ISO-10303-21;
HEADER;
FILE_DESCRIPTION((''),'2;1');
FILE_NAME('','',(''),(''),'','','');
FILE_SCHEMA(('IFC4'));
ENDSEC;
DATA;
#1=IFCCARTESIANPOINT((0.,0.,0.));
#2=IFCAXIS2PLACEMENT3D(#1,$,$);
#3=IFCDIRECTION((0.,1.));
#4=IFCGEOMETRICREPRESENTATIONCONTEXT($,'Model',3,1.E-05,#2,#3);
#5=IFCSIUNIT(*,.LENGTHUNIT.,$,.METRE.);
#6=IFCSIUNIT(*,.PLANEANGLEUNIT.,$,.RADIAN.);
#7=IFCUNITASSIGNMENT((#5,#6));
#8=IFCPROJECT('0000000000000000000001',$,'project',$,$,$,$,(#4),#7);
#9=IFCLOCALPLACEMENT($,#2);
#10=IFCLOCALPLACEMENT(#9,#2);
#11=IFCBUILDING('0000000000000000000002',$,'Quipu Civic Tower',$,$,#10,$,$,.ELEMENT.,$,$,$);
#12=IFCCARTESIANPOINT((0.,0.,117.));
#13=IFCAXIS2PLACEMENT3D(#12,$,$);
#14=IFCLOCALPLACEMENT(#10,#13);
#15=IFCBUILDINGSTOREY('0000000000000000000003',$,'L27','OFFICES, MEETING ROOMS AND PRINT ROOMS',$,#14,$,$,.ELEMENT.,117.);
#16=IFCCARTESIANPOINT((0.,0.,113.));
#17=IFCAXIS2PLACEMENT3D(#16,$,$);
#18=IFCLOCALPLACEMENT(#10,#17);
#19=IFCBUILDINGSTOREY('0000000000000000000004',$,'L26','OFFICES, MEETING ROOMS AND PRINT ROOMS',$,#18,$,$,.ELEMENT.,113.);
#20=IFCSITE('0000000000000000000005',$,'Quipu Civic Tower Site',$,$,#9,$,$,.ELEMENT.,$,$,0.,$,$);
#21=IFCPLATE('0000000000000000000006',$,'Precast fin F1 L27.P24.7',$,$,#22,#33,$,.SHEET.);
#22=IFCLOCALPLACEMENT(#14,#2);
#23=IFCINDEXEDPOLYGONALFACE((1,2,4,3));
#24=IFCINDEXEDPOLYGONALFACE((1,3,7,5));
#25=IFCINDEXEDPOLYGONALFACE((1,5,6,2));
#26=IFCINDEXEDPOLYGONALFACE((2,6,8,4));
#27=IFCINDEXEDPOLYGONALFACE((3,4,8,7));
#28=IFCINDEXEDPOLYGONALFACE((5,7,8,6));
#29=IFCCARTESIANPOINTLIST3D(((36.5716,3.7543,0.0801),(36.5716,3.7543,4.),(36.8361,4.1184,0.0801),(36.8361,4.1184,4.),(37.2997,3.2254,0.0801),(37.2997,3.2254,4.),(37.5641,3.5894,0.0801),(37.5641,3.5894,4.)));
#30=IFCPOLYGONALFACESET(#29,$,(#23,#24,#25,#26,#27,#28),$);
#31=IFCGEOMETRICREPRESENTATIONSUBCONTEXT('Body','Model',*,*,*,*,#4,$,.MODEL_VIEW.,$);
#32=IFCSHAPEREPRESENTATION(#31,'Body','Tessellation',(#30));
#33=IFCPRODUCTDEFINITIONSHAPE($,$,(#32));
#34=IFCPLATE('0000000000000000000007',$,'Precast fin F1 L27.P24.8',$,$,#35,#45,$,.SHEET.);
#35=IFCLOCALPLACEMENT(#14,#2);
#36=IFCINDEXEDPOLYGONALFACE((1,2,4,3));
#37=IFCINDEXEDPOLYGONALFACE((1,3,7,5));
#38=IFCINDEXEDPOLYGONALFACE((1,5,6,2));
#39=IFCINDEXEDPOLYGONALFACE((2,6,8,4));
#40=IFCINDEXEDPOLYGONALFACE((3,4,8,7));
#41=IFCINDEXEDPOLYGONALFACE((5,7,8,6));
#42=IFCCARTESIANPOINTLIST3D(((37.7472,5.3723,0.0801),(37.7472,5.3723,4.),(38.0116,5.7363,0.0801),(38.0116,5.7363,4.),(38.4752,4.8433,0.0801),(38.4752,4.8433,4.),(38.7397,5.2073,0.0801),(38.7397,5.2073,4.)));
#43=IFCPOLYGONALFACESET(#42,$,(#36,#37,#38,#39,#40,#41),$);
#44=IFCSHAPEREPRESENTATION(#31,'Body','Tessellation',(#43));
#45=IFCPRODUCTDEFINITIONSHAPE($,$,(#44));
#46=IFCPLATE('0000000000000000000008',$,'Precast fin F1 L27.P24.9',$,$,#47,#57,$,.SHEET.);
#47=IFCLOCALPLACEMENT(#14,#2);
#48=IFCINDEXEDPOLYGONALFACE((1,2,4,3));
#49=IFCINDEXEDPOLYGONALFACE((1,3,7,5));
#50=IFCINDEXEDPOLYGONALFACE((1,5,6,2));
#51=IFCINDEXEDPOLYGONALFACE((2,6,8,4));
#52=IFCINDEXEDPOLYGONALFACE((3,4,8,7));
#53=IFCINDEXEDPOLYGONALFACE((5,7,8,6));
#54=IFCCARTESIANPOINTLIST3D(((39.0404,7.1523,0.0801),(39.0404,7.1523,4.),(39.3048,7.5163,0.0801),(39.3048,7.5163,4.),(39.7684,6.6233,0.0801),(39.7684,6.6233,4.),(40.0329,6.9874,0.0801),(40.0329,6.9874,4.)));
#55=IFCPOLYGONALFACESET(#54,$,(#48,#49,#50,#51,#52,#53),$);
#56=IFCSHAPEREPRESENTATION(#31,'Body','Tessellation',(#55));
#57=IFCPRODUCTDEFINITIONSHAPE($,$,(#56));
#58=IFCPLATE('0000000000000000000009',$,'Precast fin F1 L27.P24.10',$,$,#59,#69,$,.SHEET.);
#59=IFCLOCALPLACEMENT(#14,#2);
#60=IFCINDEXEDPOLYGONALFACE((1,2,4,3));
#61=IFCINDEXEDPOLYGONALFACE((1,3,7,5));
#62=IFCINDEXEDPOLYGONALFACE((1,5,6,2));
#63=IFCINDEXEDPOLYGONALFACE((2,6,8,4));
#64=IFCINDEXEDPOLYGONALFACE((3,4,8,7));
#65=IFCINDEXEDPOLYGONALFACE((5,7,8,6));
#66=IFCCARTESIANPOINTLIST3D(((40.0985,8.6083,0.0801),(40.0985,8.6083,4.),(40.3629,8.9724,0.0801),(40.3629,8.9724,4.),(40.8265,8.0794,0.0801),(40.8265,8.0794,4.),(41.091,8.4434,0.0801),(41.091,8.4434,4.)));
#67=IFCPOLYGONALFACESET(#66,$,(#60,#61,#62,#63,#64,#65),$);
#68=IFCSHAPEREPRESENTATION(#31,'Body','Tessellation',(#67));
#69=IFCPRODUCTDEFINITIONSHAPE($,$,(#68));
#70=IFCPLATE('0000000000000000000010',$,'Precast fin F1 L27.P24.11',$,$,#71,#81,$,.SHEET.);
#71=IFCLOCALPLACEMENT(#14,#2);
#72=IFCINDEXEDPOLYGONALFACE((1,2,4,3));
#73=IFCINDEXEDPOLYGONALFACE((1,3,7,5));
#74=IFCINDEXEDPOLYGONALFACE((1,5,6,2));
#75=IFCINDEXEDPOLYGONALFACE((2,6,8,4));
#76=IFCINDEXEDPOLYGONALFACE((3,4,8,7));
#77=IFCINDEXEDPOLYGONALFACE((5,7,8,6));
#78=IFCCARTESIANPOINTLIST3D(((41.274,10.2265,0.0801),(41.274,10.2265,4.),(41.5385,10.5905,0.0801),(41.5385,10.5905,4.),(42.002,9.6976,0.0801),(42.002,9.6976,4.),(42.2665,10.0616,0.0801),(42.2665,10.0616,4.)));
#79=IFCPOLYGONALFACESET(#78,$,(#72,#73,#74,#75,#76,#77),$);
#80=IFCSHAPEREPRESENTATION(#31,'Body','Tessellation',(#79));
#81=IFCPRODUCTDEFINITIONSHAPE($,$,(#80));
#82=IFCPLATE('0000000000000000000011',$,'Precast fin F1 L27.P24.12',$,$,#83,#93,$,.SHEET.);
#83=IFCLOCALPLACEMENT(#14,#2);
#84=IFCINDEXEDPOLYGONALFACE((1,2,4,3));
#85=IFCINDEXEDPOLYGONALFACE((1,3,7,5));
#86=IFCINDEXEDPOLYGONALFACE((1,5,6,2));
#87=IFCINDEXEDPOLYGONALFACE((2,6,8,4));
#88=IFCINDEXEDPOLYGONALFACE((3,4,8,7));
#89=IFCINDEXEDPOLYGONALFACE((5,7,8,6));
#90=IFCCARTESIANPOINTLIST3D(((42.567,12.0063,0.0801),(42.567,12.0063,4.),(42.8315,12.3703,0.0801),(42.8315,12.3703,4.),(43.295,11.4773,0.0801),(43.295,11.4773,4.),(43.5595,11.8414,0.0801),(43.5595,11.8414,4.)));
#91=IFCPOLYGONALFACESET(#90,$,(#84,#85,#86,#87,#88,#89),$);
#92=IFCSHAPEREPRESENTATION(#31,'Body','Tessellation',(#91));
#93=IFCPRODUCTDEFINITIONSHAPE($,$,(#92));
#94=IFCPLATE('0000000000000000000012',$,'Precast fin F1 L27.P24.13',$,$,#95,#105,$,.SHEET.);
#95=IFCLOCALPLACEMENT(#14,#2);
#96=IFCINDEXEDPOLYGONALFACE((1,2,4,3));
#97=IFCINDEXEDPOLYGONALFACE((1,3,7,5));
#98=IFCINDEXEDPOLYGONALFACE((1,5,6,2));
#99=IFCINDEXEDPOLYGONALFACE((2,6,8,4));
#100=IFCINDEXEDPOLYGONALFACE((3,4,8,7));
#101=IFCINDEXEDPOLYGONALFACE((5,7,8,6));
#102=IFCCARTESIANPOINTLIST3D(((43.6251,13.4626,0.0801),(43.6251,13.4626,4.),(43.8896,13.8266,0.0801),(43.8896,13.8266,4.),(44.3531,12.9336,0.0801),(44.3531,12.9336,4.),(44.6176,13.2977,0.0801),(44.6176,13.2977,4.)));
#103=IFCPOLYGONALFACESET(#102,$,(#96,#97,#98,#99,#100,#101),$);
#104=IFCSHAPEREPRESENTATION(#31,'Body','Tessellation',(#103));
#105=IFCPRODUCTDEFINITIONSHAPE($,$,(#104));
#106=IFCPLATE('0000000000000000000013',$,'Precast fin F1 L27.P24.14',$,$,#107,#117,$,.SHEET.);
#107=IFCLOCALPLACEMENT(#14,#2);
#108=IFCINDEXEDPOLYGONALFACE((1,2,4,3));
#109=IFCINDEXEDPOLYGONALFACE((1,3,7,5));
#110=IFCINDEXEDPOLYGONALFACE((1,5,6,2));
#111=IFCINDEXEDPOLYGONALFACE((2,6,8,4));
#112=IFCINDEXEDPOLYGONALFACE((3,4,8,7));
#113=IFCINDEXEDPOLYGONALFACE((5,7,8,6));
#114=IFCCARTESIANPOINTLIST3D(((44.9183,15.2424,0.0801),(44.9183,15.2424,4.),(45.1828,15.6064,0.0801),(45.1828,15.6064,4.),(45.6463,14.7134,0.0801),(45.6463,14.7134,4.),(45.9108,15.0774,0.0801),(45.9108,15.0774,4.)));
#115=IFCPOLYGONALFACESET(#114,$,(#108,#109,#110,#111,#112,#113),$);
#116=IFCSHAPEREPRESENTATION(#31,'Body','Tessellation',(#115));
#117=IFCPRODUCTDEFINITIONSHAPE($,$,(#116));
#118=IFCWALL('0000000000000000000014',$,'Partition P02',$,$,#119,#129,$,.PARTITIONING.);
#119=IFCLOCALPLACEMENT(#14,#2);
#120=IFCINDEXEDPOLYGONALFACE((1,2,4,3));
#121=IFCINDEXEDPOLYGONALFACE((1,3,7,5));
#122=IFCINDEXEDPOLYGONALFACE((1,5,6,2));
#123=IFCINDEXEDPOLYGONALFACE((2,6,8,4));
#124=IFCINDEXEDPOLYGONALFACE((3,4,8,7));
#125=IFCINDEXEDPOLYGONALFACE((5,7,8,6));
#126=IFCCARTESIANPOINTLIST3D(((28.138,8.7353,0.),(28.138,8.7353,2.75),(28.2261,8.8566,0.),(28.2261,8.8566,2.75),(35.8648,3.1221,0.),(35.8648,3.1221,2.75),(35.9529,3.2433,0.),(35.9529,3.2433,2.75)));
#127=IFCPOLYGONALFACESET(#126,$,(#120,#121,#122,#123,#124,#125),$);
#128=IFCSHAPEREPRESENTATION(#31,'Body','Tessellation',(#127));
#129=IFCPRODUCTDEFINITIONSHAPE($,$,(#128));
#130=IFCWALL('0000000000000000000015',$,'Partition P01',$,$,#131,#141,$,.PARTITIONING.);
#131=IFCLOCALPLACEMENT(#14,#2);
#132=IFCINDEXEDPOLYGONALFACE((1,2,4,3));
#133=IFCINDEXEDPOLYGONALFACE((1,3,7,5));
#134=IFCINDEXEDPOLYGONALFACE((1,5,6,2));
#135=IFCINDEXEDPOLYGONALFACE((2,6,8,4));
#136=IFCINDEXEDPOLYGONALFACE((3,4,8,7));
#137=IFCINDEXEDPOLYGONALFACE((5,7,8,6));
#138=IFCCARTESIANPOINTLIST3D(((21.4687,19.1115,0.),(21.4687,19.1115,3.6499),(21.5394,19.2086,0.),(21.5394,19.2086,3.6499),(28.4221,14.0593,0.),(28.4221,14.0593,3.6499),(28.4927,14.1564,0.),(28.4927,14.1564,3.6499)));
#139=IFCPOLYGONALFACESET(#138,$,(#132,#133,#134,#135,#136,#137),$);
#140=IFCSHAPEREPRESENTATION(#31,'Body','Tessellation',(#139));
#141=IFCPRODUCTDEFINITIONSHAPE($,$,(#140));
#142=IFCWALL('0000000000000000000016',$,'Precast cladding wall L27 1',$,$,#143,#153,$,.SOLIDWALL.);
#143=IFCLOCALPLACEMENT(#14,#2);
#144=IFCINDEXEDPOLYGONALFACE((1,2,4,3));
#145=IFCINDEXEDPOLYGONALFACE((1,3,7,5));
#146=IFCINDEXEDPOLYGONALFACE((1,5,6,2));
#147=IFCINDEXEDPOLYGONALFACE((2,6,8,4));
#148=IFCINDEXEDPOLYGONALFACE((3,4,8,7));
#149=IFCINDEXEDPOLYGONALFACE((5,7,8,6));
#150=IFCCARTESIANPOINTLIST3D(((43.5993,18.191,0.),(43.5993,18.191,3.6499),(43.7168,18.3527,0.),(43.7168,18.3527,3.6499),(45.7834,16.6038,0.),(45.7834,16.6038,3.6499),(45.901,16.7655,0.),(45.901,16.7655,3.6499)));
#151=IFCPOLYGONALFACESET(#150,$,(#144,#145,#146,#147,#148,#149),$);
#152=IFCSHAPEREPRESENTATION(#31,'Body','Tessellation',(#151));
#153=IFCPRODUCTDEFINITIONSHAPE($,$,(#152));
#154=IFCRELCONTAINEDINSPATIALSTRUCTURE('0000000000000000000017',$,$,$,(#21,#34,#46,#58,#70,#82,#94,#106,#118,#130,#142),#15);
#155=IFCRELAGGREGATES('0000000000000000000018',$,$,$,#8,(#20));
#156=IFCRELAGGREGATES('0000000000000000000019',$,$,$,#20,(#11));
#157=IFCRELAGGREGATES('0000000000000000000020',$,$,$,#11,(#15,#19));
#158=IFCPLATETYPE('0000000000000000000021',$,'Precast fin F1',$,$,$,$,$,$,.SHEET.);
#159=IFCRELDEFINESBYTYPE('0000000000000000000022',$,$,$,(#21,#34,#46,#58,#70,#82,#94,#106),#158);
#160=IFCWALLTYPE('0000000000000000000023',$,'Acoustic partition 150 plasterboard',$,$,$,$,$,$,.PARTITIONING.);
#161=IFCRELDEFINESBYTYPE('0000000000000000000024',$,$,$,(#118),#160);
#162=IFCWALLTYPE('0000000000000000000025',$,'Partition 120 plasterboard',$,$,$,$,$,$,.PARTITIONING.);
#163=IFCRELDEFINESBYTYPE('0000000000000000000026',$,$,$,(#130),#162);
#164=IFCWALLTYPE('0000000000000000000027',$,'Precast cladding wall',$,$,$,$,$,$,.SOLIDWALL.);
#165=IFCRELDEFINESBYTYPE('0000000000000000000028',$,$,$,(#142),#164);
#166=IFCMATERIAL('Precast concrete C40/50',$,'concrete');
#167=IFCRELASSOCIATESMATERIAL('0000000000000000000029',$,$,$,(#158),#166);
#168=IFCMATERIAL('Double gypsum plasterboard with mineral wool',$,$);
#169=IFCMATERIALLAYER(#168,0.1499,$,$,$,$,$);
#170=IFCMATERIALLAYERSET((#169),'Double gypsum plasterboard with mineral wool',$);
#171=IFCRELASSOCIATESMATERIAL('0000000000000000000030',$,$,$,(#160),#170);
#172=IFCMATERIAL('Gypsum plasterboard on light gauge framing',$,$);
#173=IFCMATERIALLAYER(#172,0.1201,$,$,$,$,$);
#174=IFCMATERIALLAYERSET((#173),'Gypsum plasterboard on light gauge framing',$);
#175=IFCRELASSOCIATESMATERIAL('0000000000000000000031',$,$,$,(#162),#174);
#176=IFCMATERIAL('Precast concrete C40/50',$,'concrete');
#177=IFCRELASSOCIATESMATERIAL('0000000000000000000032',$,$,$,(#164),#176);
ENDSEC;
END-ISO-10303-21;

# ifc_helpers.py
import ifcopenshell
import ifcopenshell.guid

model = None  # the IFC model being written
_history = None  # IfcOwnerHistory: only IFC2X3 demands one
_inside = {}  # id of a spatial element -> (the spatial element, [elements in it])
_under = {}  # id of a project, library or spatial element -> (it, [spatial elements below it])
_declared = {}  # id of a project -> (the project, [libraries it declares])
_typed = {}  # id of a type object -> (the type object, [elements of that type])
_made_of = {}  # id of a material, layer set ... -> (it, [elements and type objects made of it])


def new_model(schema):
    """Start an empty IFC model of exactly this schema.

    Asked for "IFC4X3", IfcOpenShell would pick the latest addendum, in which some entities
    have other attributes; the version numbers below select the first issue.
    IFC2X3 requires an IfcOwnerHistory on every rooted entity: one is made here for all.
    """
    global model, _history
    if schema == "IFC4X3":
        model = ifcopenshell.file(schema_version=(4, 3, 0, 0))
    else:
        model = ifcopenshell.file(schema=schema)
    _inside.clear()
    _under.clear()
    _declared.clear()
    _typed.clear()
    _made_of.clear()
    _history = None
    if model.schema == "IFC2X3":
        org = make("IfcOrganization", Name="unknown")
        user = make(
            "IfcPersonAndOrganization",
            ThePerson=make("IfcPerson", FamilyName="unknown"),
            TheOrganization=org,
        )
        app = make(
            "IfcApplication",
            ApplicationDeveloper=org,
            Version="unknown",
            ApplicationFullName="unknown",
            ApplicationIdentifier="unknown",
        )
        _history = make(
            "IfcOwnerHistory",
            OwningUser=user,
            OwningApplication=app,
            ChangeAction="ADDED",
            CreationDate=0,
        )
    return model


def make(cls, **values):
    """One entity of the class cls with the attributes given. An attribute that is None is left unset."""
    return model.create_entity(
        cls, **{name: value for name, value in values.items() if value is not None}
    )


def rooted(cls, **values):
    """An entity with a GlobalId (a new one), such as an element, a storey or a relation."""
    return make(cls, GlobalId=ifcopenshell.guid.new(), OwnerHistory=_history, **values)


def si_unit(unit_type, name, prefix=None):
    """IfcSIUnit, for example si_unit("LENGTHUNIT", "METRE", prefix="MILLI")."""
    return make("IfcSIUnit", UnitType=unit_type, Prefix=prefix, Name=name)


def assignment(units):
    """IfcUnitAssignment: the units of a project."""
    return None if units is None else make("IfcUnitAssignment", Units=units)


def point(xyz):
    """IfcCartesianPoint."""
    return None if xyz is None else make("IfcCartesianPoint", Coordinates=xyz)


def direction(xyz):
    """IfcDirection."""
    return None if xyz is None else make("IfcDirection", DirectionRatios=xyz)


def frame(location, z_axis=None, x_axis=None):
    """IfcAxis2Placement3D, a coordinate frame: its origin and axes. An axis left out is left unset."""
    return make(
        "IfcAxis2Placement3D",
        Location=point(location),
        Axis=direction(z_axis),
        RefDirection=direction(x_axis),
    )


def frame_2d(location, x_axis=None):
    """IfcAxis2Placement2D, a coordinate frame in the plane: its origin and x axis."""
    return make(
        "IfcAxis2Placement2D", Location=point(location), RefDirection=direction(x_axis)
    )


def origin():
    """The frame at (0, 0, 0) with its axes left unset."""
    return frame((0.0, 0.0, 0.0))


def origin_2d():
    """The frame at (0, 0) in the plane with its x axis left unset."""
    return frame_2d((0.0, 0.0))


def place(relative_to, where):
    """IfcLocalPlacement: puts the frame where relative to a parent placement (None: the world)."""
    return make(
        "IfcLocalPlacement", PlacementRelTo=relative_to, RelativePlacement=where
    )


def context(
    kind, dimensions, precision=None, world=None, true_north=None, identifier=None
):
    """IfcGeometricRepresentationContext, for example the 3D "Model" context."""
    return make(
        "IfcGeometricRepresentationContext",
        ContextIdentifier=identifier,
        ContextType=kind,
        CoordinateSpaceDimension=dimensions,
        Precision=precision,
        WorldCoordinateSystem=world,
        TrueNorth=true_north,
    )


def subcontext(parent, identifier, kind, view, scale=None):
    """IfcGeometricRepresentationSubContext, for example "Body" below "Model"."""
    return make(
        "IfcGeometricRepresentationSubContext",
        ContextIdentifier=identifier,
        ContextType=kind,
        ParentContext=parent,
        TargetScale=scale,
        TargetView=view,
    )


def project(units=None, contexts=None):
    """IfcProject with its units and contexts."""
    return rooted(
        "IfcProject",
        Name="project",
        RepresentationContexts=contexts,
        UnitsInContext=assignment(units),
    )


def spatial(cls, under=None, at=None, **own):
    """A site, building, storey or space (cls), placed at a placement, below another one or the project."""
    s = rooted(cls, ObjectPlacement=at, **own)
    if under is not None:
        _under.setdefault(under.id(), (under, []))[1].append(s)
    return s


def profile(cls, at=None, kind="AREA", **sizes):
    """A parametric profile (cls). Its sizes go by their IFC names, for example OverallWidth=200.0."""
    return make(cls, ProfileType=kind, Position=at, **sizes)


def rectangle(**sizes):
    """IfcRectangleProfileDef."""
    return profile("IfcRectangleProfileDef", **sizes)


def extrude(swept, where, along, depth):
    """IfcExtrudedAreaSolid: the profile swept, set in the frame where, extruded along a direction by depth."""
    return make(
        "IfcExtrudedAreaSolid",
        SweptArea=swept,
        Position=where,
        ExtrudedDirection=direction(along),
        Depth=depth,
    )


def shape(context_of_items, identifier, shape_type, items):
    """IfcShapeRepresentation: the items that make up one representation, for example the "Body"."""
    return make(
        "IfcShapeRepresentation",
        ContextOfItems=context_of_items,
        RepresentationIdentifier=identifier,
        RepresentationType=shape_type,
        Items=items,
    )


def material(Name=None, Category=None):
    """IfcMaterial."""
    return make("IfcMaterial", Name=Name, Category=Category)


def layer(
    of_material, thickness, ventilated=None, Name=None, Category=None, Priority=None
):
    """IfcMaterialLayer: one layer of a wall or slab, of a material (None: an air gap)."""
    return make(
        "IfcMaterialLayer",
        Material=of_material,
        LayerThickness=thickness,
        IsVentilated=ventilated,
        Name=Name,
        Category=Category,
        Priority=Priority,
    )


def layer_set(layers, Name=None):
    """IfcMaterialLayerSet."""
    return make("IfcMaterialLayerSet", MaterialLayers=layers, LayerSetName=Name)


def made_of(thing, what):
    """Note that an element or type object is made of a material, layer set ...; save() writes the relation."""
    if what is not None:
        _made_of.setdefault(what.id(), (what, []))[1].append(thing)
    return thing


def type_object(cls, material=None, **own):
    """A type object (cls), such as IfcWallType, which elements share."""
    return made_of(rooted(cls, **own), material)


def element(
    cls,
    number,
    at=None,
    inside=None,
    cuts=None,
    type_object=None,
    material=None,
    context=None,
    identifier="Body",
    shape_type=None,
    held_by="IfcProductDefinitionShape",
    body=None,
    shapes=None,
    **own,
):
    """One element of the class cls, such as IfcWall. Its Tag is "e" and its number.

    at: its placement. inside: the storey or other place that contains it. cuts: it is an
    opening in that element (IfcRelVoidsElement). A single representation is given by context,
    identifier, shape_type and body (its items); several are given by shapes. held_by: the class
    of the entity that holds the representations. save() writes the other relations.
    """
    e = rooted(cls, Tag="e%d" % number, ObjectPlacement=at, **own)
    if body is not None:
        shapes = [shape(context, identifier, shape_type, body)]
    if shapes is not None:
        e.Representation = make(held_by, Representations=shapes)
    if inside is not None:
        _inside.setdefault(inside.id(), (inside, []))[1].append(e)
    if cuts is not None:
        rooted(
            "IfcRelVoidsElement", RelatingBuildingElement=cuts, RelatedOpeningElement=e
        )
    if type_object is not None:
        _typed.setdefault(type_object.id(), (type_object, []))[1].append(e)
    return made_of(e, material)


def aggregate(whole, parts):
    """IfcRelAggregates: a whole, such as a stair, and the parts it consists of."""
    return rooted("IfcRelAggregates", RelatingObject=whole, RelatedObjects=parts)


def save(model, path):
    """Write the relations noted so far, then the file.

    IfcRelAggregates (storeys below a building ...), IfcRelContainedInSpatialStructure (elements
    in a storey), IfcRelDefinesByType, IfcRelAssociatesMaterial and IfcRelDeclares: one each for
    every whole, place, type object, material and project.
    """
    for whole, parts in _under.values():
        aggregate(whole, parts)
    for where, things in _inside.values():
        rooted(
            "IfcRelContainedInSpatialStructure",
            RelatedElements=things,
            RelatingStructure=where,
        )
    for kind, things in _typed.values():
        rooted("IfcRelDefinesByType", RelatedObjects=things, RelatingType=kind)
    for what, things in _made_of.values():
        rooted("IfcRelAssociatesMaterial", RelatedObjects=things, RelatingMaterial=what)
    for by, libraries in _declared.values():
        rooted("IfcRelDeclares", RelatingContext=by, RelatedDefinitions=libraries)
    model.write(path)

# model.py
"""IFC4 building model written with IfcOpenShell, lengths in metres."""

from ifc_helpers import new_model, si_unit, direction, frame, frame_2d, origin, origin_2d, place, context, subcontext, project, spatial, rectangle, extrude, material, layer, layer_set, type_object, element, save


model = new_model("IFC4")

# Units and contexts
model_context = context("Model", 3, precision=1e-05, world=origin(), true_north=direction((0.0, 1.0)))
body_context = subcontext(model_context, "Body", "Model", "MODEL_VIEW")
ifc_project = project(units=[si_unit("LENGTHUNIT", "METRE"), si_unit("PLANEANGLEUNIT", "RADIAN")], contexts=[model_context])

# Site, building, storey
site_placement = place(None, origin())
site = spatial("IfcSite", under=ifc_project, at=site_placement, Name="Quipu Civic Tower Site", CompositionType="ELEMENT", RefElevation=0.0)
building_placement = place(site_placement, origin())
building = spatial("IfcBuilding", under=site, at=building_placement, Name="Quipu Civic Tower", CompositionType="ELEMENT")
storey_1_placement = place(building_placement, frame((0.0, 0.0, 117.0)))
storey_1 = spatial("IfcBuildingStorey", under=building, at=storey_1_placement, Name="L27", Description="OFFICES, MEETING ROOMS AND PRINT ROOMS", CompositionType="ELEMENT", Elevation=117.0)

# Shared definitions
storey_2_placement = place(building_placement, frame((0.0, 0.0, 113.0)))
storey_2 = spatial("IfcBuildingStorey", under=building, at=storey_2_placement, Name="L26", Description="OFFICES, MEETING ROOMS AND PRINT ROOMS", CompositionType="ELEMENT", Elevation=113.0)

# Plates
ifc_material_1 = material(Name="Precast concrete C40/50", Category="concrete")
plate_type_1 = type_object("IfcPlateType", Name="Precast fin F1", PredefinedType="SHEET", material=ifc_material_1)
for number, where, z_axis, x_axis, name in (
    (1, (37.0679, 3.6719, 0.0801), (0.0, 0.0, 1.0), (0.587786, 0.809017, 0.0), "Precast fin F1 L27.P24.7"),
    (2, (38.2434, 5.2898, 0.0801), (0.0, 0.0, 1.0), (0.587786, 0.809017, 0.0), "Precast fin F1 L27.P24.8"),
    (3, (39.5366, 7.0698, 0.0801), (0.0, 0.0, 1.0), (0.587786, 0.809017, 0.0), "Precast fin F1 L27.P24.9"),
    (4, (40.5947, 8.5259, 0.0801), (0.0, 0.0, 1.0), (0.587786, 0.809017, 0.0), "Precast fin F1 L27.P24.10"),
    (5, (41.7703, 10.144, 0.0801), (0.0, 0.0, 1.0), (0.587786, 0.809017, 0.0), "Precast fin F1 L27.P24.11"),
    (6, (43.0632, 11.9238, 0.0801), (0.0, 0.0, 1.0), (0.587786, 0.809017, 0.0), "Precast fin F1 L27.P24.12"),
    (7, (44.1213, 13.3801, 0.0801), (0.0, 0.0, 1.0), (0.587786, 0.809017, 0.0), "Precast fin F1 L27.P24.13"),
    (8, (45.4146, 15.1599, 0.0801), (0.0, 0.0, 1.0), (0.587786, 0.809017, 0.0), "Precast fin F1 L27.P24.14"),
):
    element("IfcPlate", number, at=place(storey_1_placement, frame(where, z_axis=z_axis, x_axis=x_axis)), inside=storey_1, type_object=plate_type_1, Name=name, PredefinedType="SHEET", context=body_context, shape_type="SweptSolid", body=[
        extrude(rectangle(XDim=0.45, YDim=0.8999, at=origin_2d()), origin(), (0.0, 0.0, 1.0), 3.9199),
    ])

# Walls
ifc_material_2 = material(Name="Double gypsum plasterboard with mineral wool")
ifc_layer_1 = layer(ifc_material_2, 0.1499)
ifc_layer_set_1 = layer_set([ifc_layer_1], Name="Double gypsum plasterboard with mineral wool")
wall_type_1 = type_object("IfcWallType", Name="Acoustic partition 150 plasterboard", PredefinedType="PARTITIONING", material=ifc_layer_set_1)
wall_1_placement = place(storey_1_placement, frame((35.9089, 3.1826, 0.0), z_axis=(0.0, 0.0, 1.0), x_axis=(-0.809045, 0.587746, 0.0)))
element("IfcWall", 9, at=wall_1_placement, inside=storey_1, type_object=wall_type_1, Name="Partition P02", PredefinedType="PARTITIONING", context=body_context, shape_type="SweptSolid", body=[
    extrude(rectangle(XDim=9.5505, YDim=0.1499, at=frame_2d((4.7754, 0.0))), origin(), (0.0, 0.0, 1.0), 2.75),
])
ifc_material_3 = material(Name="Gypsum plasterboard on light gauge framing")
ifc_layer_2 = layer(ifc_material_3, 0.1201)
ifc_layer_set_2 = layer_set([ifc_layer_2], Name="Gypsum plasterboard on light gauge framing")
wall_type_2 = type_object("IfcWallType", Name="Partition 120 plasterboard", PredefinedType="PARTITIONING", material=ifc_layer_set_2)
wall_2_placement = place(storey_1_placement, frame((28.4573, 14.1079, 0.0), z_axis=(0.0, 0.0, 1.0), x_axis=(-0.808999, 0.58781, 0.0)))
element("IfcWall", 10, at=wall_2_placement, inside=storey_1, type_object=wall_type_2, Name="Partition P01", PredefinedType="PARTITIONING", context=body_context, shape_type="SweptSolid", body=[
    extrude(rectangle(XDim=8.595, YDim=0.1201, at=frame_2d((4.2974, 0.0))), origin(), (0.0, 0.0, 1.0), 3.6499),
])
ifc_material_4 = material(Name="Precast concrete C40/50", Category="concrete")
wall_type_3 = type_object("IfcWallType", Name="Precast cladding wall", PredefinedType="SOLIDWALL", material=ifc_material_4)
wall_3_placement = place(storey_1_placement, frame((45.8423, 16.6846, 0.0), z_axis=(0.0, 0.0, 1.0), x_axis=(-0.808959, 0.587865, 0.0)))
element("IfcWall", 11, at=wall_3_placement, inside=storey_1, type_object=wall_type_3, Name="Precast cladding wall L27 1", PredefinedType="SOLIDWALL", context=body_context, shape_type="SweptSolid", body=[
    extrude(rectangle(XDim=2.7, YDim=0.2, at=frame_2d((1.3501, 0.0))), origin(), (0.0, 0.0, 1.0), 3.6499),
])

save(model, "model.ifc")
